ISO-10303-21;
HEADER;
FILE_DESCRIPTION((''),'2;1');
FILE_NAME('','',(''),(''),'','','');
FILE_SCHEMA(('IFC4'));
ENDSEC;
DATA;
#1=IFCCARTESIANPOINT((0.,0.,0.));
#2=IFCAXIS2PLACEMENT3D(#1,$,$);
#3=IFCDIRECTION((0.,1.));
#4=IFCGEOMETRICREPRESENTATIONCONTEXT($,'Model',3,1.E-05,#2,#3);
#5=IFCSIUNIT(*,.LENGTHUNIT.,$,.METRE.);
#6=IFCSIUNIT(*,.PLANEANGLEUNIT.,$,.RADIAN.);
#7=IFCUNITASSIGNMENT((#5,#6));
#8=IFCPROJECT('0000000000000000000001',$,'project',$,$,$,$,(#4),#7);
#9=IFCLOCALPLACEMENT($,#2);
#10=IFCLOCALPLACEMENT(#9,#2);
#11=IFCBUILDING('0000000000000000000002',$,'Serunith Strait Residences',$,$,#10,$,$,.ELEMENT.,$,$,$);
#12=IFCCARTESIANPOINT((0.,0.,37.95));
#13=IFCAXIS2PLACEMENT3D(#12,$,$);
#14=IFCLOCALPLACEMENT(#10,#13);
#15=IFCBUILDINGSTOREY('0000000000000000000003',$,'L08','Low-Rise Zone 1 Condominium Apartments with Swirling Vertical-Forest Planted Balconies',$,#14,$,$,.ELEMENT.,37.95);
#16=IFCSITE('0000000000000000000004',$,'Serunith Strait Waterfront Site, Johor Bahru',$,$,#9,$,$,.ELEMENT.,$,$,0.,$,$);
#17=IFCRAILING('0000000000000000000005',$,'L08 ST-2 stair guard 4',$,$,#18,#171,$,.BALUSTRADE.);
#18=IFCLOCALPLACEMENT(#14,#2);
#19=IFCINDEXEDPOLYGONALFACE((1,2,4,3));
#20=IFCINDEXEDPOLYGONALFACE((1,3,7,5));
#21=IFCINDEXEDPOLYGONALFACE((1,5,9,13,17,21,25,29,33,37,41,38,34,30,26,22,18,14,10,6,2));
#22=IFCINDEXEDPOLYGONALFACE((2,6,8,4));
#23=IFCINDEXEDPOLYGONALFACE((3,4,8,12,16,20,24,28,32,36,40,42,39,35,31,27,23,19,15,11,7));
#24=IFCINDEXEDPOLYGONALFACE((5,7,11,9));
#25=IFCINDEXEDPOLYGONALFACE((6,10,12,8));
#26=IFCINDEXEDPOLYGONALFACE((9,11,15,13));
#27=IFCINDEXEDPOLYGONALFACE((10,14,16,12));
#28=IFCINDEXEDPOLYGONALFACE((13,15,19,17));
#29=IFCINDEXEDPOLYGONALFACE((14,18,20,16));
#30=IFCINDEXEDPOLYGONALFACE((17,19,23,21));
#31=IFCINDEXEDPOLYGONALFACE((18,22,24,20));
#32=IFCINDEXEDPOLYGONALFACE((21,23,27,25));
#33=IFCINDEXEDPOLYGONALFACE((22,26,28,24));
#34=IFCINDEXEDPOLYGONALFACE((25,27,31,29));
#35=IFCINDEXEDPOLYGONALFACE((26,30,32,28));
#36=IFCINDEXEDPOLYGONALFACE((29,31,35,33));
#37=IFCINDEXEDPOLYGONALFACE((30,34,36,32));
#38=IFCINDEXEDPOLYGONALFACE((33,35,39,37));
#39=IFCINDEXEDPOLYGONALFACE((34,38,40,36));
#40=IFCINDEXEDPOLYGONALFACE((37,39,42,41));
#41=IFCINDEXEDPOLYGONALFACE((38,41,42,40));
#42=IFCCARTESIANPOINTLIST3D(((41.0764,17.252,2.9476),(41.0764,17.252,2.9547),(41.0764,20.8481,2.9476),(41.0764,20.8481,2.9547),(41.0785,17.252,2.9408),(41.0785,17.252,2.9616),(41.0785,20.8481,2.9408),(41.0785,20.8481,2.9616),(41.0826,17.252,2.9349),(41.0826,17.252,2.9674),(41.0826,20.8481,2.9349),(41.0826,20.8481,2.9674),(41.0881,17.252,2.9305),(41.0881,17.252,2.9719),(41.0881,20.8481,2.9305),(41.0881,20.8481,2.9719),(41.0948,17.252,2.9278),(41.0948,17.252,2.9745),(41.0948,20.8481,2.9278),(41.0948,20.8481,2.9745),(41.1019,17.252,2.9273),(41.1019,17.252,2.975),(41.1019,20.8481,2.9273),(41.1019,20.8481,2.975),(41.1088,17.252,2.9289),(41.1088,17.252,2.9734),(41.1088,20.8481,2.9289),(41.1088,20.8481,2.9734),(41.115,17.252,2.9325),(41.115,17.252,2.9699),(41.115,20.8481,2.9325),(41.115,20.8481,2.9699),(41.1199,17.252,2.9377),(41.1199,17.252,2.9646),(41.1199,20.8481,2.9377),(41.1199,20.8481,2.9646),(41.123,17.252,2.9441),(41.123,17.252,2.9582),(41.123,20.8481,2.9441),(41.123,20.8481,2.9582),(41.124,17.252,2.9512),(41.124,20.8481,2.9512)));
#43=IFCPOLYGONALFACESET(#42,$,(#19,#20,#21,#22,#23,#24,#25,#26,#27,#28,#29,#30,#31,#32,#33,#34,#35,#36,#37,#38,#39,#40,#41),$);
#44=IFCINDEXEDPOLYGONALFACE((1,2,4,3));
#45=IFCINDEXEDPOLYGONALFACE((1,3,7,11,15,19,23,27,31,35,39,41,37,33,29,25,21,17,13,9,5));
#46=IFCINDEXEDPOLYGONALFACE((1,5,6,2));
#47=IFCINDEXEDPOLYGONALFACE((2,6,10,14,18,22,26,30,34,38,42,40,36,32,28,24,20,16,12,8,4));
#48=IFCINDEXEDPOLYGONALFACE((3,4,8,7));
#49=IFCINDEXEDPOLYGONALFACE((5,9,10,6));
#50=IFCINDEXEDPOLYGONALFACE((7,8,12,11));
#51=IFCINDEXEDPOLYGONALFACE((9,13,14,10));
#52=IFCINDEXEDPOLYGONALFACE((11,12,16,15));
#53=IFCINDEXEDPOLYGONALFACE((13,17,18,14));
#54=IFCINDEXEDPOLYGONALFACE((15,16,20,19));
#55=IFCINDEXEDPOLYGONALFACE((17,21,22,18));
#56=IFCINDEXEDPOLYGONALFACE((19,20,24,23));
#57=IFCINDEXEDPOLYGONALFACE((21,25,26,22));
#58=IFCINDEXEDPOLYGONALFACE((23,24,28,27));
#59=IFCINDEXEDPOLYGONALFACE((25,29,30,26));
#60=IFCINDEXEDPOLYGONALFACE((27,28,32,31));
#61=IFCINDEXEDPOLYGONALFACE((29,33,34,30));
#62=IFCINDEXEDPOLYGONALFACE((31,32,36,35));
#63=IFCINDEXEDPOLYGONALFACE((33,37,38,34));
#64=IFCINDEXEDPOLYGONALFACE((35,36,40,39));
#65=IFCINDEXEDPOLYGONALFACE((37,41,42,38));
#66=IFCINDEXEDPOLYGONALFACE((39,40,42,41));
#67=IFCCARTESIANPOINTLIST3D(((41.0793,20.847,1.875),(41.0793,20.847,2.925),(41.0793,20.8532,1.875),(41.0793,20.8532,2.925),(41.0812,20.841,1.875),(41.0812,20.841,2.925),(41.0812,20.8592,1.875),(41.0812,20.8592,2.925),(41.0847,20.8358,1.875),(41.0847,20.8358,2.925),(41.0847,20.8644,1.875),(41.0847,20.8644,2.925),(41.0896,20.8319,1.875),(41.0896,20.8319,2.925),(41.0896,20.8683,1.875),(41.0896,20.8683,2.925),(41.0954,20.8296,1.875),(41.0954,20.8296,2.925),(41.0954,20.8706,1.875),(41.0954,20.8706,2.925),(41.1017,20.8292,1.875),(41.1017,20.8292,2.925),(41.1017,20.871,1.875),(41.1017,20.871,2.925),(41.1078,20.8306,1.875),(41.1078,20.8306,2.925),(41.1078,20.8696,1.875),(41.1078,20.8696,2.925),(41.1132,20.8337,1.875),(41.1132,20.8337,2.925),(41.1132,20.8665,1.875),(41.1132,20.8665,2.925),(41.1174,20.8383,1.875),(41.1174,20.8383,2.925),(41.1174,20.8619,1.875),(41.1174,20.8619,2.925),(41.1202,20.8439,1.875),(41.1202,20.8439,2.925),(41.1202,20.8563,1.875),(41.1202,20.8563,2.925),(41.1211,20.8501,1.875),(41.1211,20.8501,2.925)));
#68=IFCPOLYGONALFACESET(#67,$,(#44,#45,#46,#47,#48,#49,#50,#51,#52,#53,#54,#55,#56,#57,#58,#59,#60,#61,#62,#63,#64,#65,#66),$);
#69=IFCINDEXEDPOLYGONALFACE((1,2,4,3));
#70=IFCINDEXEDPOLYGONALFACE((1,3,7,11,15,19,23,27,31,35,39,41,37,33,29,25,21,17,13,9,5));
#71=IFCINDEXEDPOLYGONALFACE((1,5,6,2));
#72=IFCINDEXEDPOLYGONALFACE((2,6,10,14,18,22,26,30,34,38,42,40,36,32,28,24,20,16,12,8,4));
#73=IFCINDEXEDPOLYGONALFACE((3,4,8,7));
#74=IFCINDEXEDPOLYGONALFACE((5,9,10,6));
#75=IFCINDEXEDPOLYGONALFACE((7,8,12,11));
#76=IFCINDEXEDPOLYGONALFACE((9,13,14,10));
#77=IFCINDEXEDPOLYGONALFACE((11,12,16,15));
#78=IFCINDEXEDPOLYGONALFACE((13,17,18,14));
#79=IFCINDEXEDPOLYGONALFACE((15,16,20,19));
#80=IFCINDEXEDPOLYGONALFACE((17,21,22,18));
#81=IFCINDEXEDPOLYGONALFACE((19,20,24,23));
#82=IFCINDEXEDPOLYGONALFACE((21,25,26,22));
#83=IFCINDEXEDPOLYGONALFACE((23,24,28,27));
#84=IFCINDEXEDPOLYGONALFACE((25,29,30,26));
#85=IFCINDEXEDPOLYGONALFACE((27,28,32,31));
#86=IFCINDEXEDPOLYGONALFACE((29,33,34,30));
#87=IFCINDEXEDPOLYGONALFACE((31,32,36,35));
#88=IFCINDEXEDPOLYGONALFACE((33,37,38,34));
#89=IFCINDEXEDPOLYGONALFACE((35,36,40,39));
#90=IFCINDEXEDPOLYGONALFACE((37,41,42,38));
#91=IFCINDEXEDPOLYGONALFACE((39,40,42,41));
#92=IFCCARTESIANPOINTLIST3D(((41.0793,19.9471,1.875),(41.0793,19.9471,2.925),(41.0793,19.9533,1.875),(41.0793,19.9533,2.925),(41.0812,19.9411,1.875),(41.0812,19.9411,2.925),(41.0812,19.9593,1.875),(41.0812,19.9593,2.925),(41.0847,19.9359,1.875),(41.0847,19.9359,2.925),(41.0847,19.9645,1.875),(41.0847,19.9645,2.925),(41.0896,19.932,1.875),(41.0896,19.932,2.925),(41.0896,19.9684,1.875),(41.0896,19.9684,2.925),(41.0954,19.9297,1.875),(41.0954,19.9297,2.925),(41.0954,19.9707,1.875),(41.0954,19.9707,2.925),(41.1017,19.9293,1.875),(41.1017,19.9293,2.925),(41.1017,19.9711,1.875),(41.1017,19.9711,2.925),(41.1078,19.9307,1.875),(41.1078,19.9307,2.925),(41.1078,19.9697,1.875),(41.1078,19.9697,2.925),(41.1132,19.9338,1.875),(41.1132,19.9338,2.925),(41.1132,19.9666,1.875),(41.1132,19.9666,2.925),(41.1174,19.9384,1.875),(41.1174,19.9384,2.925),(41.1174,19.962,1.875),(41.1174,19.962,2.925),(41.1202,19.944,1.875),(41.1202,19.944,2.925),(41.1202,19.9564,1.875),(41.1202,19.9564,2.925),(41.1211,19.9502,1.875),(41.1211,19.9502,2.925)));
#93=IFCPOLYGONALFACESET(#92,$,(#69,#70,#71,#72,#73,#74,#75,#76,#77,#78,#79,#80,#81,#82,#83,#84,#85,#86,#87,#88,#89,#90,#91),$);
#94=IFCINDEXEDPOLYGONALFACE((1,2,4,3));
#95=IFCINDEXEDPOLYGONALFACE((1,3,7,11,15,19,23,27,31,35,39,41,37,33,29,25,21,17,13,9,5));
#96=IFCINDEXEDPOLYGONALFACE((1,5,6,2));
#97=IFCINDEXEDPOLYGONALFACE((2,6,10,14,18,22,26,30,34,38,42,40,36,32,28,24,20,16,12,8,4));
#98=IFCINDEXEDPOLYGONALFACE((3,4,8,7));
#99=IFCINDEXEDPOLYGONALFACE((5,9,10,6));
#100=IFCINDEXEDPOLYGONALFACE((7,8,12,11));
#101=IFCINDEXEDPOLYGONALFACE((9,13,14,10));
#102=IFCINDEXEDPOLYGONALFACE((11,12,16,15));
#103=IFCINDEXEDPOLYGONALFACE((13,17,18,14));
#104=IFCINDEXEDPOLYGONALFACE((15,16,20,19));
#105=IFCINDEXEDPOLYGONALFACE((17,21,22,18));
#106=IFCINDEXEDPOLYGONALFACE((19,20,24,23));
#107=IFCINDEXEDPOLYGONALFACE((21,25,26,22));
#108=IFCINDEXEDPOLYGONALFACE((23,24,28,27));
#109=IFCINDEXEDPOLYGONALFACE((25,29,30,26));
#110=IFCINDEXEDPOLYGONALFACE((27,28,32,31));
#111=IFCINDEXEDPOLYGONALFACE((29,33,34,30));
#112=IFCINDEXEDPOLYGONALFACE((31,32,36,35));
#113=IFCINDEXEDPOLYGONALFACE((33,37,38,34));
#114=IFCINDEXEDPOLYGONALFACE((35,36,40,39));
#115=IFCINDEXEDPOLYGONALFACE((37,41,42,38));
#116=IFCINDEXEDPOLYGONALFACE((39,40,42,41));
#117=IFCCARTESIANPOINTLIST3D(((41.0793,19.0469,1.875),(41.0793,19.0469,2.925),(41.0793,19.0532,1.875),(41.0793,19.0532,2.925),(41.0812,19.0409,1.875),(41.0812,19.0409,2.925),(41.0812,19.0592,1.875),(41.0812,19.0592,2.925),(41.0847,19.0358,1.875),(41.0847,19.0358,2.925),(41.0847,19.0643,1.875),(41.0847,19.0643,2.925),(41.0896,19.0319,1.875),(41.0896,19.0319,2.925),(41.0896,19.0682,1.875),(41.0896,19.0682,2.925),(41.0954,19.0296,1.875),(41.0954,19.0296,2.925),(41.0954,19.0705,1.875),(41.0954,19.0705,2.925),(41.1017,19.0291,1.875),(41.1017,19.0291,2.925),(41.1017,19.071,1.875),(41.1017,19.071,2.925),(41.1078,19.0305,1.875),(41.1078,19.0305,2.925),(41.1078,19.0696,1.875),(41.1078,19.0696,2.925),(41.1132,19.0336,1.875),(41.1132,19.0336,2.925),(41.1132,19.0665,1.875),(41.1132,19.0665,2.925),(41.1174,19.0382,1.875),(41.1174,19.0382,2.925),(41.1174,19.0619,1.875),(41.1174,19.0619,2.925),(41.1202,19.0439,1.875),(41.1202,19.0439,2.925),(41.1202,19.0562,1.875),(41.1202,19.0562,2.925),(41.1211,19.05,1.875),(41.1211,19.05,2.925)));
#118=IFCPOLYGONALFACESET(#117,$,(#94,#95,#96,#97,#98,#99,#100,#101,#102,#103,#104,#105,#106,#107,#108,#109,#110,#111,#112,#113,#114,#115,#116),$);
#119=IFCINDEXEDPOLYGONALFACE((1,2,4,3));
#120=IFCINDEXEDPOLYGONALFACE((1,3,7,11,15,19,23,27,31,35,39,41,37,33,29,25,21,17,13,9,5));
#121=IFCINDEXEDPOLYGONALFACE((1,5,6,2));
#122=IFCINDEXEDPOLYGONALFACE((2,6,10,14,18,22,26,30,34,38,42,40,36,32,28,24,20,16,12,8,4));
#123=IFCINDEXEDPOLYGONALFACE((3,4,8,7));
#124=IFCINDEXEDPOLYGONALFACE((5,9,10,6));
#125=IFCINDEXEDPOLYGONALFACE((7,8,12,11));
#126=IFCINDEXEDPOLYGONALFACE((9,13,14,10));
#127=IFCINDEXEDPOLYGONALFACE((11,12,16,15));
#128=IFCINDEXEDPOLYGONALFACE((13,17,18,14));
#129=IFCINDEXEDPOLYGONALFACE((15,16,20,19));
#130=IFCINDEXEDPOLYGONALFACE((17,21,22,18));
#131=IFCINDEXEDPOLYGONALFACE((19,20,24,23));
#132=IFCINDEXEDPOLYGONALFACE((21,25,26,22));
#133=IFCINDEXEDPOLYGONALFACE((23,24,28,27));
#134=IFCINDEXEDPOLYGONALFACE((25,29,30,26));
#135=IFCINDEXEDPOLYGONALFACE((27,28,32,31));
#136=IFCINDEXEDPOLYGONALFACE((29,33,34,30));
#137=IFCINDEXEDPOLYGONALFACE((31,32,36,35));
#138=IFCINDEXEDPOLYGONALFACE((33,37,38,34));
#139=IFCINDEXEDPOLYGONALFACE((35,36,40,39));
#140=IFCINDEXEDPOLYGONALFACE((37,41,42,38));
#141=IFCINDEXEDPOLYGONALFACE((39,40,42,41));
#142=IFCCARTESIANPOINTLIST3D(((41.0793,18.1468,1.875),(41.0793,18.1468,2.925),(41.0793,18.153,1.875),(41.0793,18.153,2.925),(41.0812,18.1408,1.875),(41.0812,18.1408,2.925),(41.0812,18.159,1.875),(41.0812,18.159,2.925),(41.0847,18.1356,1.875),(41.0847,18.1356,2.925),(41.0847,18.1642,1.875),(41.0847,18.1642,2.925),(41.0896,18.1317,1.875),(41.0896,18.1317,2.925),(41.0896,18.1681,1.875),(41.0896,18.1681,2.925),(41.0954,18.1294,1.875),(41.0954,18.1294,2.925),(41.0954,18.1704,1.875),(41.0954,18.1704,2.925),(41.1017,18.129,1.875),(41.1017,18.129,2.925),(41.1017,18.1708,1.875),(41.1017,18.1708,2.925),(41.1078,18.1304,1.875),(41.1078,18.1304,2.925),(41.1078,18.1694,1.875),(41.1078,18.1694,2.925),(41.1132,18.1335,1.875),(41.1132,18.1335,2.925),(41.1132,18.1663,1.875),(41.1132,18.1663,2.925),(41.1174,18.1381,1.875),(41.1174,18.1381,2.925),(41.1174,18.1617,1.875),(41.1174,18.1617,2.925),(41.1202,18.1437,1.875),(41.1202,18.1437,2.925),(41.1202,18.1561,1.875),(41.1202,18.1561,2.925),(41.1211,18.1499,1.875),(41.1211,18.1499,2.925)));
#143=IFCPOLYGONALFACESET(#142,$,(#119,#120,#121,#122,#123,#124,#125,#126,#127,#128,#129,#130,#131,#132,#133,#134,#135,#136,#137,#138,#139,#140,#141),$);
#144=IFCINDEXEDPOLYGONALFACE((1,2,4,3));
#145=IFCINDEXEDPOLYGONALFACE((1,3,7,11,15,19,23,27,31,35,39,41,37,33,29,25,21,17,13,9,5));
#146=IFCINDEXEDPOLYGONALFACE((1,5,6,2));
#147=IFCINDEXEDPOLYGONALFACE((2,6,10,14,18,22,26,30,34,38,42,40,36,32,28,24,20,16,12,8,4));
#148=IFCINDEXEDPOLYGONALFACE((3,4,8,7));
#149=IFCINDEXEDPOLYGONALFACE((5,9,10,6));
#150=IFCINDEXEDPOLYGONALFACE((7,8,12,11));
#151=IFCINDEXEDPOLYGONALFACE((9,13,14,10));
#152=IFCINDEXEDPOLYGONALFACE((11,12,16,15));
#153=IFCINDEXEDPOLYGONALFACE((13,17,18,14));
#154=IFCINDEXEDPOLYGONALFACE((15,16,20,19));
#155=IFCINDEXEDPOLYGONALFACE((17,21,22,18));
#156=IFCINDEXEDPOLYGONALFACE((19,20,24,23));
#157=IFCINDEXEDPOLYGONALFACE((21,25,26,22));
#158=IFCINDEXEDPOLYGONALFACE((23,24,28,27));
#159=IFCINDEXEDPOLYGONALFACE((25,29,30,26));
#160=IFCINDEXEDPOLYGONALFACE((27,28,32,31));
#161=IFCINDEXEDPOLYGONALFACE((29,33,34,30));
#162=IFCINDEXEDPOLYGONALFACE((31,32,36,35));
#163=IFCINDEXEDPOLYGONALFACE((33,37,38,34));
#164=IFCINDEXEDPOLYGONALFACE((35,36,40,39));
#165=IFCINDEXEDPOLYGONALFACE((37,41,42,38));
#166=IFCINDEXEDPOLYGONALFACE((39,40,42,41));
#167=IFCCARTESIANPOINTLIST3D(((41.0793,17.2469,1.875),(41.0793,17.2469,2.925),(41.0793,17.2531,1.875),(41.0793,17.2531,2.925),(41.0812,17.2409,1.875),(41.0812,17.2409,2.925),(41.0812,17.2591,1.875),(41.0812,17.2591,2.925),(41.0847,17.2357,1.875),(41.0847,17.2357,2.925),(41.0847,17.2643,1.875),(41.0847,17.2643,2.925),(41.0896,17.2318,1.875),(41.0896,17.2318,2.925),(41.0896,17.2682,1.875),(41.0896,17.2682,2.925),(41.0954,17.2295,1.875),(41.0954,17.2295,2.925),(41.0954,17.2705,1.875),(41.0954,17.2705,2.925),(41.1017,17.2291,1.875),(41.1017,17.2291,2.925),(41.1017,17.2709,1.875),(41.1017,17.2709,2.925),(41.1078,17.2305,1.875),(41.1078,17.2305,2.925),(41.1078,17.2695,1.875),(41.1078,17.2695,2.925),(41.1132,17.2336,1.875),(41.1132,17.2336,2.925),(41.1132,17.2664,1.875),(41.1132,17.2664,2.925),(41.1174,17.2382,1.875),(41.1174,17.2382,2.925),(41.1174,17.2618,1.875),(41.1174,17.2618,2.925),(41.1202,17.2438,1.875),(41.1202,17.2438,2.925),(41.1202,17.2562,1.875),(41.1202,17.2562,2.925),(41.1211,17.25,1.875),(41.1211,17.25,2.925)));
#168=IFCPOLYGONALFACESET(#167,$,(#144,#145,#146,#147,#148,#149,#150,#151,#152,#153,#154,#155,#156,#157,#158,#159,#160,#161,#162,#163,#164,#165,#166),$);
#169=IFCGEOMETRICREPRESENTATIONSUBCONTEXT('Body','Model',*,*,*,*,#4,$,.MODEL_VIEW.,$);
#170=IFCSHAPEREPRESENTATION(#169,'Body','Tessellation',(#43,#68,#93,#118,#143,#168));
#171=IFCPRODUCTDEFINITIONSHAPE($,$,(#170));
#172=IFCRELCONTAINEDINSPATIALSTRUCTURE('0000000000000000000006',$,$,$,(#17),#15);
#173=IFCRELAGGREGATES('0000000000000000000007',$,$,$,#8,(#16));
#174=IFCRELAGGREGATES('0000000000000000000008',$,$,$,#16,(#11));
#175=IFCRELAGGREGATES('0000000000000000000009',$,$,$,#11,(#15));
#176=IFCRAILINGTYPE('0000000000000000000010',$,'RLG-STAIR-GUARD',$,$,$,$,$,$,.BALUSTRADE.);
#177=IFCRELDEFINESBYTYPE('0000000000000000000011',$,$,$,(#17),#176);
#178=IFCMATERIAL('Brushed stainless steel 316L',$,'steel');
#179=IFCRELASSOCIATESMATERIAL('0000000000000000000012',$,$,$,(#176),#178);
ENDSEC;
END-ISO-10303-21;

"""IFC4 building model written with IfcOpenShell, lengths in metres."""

from ifc_helpers import new_model, si_unit, direction, frame, origin, origin_2d, place, context, subcontext, project, spatial, circle, extrude, material, type_object, element, save


model = new_model("IFC4")

# Units and contexts
model_context = context("Model", 3, precision=1e-05, world=origin(), true_north=direction((0.0, 1.0)))
body_context = subcontext(model_context, "Body", "Model", "MODEL_VIEW")
ifc_project = project(units=[si_unit("LENGTHUNIT", "METRE"), si_unit("PLANEANGLEUNIT", "RADIAN")], contexts=[model_context])

# Site, building, storey
site_placement = place(None, origin())
site = spatial("IfcSite", under=ifc_project, at=site_placement, Name="Serunith Strait Waterfront Site, Johor Bahru", CompositionType="ELEMENT", RefElevation=0.0)
building_placement = place(site_placement, origin())
building = spatial("IfcBuilding", under=site, at=building_placement, Name="Serunith Strait Residences", CompositionType="ELEMENT")
storey_placement = place(building_placement, frame((0.0, 0.0, 37.95)))
storey = spatial("IfcBuildingStorey", under=building, at=storey_placement, Name="L08", Description="Low-Rise Zone 1 Condominium Apartments with Swirling Vertical-Forest Planted Balconies", CompositionType="ELEMENT", Elevation=37.95)

# Railing
ifc_material_1 = material(Name="Brushed stainless steel 316L", Category="steel")
railing_type_1 = type_object("IfcRailingType", Name="RLG-STAIR-GUARD", PredefinedType="BALUSTRADE", material=ifc_material_1)
for number, where, name in (
    (1, (41.1001, 20.8501, 1.875), "L08 ST-2 stair guard 4"),
):
    element("IfcRailing", number, at=place(storey_placement, frame(where)), inside=storey, type_object=railing_type_1, Name=name, PredefinedType="BALUSTRADE", context=body_context, shape_type="SweptSolid", body=[
        extrude(circle(Radius=0.0239, at=origin_2d()), frame((0.0, -0.002, 1.0762), z_axis=(0.0, -1.0, 0.0), x_axis=(1.0, 0.0, 0.0)), (0.0, 0.0, 1.0), 3.5962),
        extrude(circle(Radius=0.021, at=origin_2d()), origin(), (0.0, 0.0, 1.0), 1.05),
        extrude(circle(Radius=0.021, at=origin_2d()), frame((0.0, -0.8999, 0.0)), (0.0, 0.0, 1.0), 1.05),
        extrude(circle(Radius=0.021, at=origin_2d()), frame((0.0, -1.8, 0.0)), (0.0, 0.0, 1.0), 1.05),
        extrude(circle(Radius=0.021, at=origin_2d()), frame((0.0, -2.7002, 0.0)), (0.0, 0.0, 1.0), 1.05),
        extrude(circle(Radius=0.021, at=origin_2d()), frame((0.0, -3.6001, 0.0)), (0.0, 0.0, 1.0), 1.05),
    ])

save(model, "model.ifc")
